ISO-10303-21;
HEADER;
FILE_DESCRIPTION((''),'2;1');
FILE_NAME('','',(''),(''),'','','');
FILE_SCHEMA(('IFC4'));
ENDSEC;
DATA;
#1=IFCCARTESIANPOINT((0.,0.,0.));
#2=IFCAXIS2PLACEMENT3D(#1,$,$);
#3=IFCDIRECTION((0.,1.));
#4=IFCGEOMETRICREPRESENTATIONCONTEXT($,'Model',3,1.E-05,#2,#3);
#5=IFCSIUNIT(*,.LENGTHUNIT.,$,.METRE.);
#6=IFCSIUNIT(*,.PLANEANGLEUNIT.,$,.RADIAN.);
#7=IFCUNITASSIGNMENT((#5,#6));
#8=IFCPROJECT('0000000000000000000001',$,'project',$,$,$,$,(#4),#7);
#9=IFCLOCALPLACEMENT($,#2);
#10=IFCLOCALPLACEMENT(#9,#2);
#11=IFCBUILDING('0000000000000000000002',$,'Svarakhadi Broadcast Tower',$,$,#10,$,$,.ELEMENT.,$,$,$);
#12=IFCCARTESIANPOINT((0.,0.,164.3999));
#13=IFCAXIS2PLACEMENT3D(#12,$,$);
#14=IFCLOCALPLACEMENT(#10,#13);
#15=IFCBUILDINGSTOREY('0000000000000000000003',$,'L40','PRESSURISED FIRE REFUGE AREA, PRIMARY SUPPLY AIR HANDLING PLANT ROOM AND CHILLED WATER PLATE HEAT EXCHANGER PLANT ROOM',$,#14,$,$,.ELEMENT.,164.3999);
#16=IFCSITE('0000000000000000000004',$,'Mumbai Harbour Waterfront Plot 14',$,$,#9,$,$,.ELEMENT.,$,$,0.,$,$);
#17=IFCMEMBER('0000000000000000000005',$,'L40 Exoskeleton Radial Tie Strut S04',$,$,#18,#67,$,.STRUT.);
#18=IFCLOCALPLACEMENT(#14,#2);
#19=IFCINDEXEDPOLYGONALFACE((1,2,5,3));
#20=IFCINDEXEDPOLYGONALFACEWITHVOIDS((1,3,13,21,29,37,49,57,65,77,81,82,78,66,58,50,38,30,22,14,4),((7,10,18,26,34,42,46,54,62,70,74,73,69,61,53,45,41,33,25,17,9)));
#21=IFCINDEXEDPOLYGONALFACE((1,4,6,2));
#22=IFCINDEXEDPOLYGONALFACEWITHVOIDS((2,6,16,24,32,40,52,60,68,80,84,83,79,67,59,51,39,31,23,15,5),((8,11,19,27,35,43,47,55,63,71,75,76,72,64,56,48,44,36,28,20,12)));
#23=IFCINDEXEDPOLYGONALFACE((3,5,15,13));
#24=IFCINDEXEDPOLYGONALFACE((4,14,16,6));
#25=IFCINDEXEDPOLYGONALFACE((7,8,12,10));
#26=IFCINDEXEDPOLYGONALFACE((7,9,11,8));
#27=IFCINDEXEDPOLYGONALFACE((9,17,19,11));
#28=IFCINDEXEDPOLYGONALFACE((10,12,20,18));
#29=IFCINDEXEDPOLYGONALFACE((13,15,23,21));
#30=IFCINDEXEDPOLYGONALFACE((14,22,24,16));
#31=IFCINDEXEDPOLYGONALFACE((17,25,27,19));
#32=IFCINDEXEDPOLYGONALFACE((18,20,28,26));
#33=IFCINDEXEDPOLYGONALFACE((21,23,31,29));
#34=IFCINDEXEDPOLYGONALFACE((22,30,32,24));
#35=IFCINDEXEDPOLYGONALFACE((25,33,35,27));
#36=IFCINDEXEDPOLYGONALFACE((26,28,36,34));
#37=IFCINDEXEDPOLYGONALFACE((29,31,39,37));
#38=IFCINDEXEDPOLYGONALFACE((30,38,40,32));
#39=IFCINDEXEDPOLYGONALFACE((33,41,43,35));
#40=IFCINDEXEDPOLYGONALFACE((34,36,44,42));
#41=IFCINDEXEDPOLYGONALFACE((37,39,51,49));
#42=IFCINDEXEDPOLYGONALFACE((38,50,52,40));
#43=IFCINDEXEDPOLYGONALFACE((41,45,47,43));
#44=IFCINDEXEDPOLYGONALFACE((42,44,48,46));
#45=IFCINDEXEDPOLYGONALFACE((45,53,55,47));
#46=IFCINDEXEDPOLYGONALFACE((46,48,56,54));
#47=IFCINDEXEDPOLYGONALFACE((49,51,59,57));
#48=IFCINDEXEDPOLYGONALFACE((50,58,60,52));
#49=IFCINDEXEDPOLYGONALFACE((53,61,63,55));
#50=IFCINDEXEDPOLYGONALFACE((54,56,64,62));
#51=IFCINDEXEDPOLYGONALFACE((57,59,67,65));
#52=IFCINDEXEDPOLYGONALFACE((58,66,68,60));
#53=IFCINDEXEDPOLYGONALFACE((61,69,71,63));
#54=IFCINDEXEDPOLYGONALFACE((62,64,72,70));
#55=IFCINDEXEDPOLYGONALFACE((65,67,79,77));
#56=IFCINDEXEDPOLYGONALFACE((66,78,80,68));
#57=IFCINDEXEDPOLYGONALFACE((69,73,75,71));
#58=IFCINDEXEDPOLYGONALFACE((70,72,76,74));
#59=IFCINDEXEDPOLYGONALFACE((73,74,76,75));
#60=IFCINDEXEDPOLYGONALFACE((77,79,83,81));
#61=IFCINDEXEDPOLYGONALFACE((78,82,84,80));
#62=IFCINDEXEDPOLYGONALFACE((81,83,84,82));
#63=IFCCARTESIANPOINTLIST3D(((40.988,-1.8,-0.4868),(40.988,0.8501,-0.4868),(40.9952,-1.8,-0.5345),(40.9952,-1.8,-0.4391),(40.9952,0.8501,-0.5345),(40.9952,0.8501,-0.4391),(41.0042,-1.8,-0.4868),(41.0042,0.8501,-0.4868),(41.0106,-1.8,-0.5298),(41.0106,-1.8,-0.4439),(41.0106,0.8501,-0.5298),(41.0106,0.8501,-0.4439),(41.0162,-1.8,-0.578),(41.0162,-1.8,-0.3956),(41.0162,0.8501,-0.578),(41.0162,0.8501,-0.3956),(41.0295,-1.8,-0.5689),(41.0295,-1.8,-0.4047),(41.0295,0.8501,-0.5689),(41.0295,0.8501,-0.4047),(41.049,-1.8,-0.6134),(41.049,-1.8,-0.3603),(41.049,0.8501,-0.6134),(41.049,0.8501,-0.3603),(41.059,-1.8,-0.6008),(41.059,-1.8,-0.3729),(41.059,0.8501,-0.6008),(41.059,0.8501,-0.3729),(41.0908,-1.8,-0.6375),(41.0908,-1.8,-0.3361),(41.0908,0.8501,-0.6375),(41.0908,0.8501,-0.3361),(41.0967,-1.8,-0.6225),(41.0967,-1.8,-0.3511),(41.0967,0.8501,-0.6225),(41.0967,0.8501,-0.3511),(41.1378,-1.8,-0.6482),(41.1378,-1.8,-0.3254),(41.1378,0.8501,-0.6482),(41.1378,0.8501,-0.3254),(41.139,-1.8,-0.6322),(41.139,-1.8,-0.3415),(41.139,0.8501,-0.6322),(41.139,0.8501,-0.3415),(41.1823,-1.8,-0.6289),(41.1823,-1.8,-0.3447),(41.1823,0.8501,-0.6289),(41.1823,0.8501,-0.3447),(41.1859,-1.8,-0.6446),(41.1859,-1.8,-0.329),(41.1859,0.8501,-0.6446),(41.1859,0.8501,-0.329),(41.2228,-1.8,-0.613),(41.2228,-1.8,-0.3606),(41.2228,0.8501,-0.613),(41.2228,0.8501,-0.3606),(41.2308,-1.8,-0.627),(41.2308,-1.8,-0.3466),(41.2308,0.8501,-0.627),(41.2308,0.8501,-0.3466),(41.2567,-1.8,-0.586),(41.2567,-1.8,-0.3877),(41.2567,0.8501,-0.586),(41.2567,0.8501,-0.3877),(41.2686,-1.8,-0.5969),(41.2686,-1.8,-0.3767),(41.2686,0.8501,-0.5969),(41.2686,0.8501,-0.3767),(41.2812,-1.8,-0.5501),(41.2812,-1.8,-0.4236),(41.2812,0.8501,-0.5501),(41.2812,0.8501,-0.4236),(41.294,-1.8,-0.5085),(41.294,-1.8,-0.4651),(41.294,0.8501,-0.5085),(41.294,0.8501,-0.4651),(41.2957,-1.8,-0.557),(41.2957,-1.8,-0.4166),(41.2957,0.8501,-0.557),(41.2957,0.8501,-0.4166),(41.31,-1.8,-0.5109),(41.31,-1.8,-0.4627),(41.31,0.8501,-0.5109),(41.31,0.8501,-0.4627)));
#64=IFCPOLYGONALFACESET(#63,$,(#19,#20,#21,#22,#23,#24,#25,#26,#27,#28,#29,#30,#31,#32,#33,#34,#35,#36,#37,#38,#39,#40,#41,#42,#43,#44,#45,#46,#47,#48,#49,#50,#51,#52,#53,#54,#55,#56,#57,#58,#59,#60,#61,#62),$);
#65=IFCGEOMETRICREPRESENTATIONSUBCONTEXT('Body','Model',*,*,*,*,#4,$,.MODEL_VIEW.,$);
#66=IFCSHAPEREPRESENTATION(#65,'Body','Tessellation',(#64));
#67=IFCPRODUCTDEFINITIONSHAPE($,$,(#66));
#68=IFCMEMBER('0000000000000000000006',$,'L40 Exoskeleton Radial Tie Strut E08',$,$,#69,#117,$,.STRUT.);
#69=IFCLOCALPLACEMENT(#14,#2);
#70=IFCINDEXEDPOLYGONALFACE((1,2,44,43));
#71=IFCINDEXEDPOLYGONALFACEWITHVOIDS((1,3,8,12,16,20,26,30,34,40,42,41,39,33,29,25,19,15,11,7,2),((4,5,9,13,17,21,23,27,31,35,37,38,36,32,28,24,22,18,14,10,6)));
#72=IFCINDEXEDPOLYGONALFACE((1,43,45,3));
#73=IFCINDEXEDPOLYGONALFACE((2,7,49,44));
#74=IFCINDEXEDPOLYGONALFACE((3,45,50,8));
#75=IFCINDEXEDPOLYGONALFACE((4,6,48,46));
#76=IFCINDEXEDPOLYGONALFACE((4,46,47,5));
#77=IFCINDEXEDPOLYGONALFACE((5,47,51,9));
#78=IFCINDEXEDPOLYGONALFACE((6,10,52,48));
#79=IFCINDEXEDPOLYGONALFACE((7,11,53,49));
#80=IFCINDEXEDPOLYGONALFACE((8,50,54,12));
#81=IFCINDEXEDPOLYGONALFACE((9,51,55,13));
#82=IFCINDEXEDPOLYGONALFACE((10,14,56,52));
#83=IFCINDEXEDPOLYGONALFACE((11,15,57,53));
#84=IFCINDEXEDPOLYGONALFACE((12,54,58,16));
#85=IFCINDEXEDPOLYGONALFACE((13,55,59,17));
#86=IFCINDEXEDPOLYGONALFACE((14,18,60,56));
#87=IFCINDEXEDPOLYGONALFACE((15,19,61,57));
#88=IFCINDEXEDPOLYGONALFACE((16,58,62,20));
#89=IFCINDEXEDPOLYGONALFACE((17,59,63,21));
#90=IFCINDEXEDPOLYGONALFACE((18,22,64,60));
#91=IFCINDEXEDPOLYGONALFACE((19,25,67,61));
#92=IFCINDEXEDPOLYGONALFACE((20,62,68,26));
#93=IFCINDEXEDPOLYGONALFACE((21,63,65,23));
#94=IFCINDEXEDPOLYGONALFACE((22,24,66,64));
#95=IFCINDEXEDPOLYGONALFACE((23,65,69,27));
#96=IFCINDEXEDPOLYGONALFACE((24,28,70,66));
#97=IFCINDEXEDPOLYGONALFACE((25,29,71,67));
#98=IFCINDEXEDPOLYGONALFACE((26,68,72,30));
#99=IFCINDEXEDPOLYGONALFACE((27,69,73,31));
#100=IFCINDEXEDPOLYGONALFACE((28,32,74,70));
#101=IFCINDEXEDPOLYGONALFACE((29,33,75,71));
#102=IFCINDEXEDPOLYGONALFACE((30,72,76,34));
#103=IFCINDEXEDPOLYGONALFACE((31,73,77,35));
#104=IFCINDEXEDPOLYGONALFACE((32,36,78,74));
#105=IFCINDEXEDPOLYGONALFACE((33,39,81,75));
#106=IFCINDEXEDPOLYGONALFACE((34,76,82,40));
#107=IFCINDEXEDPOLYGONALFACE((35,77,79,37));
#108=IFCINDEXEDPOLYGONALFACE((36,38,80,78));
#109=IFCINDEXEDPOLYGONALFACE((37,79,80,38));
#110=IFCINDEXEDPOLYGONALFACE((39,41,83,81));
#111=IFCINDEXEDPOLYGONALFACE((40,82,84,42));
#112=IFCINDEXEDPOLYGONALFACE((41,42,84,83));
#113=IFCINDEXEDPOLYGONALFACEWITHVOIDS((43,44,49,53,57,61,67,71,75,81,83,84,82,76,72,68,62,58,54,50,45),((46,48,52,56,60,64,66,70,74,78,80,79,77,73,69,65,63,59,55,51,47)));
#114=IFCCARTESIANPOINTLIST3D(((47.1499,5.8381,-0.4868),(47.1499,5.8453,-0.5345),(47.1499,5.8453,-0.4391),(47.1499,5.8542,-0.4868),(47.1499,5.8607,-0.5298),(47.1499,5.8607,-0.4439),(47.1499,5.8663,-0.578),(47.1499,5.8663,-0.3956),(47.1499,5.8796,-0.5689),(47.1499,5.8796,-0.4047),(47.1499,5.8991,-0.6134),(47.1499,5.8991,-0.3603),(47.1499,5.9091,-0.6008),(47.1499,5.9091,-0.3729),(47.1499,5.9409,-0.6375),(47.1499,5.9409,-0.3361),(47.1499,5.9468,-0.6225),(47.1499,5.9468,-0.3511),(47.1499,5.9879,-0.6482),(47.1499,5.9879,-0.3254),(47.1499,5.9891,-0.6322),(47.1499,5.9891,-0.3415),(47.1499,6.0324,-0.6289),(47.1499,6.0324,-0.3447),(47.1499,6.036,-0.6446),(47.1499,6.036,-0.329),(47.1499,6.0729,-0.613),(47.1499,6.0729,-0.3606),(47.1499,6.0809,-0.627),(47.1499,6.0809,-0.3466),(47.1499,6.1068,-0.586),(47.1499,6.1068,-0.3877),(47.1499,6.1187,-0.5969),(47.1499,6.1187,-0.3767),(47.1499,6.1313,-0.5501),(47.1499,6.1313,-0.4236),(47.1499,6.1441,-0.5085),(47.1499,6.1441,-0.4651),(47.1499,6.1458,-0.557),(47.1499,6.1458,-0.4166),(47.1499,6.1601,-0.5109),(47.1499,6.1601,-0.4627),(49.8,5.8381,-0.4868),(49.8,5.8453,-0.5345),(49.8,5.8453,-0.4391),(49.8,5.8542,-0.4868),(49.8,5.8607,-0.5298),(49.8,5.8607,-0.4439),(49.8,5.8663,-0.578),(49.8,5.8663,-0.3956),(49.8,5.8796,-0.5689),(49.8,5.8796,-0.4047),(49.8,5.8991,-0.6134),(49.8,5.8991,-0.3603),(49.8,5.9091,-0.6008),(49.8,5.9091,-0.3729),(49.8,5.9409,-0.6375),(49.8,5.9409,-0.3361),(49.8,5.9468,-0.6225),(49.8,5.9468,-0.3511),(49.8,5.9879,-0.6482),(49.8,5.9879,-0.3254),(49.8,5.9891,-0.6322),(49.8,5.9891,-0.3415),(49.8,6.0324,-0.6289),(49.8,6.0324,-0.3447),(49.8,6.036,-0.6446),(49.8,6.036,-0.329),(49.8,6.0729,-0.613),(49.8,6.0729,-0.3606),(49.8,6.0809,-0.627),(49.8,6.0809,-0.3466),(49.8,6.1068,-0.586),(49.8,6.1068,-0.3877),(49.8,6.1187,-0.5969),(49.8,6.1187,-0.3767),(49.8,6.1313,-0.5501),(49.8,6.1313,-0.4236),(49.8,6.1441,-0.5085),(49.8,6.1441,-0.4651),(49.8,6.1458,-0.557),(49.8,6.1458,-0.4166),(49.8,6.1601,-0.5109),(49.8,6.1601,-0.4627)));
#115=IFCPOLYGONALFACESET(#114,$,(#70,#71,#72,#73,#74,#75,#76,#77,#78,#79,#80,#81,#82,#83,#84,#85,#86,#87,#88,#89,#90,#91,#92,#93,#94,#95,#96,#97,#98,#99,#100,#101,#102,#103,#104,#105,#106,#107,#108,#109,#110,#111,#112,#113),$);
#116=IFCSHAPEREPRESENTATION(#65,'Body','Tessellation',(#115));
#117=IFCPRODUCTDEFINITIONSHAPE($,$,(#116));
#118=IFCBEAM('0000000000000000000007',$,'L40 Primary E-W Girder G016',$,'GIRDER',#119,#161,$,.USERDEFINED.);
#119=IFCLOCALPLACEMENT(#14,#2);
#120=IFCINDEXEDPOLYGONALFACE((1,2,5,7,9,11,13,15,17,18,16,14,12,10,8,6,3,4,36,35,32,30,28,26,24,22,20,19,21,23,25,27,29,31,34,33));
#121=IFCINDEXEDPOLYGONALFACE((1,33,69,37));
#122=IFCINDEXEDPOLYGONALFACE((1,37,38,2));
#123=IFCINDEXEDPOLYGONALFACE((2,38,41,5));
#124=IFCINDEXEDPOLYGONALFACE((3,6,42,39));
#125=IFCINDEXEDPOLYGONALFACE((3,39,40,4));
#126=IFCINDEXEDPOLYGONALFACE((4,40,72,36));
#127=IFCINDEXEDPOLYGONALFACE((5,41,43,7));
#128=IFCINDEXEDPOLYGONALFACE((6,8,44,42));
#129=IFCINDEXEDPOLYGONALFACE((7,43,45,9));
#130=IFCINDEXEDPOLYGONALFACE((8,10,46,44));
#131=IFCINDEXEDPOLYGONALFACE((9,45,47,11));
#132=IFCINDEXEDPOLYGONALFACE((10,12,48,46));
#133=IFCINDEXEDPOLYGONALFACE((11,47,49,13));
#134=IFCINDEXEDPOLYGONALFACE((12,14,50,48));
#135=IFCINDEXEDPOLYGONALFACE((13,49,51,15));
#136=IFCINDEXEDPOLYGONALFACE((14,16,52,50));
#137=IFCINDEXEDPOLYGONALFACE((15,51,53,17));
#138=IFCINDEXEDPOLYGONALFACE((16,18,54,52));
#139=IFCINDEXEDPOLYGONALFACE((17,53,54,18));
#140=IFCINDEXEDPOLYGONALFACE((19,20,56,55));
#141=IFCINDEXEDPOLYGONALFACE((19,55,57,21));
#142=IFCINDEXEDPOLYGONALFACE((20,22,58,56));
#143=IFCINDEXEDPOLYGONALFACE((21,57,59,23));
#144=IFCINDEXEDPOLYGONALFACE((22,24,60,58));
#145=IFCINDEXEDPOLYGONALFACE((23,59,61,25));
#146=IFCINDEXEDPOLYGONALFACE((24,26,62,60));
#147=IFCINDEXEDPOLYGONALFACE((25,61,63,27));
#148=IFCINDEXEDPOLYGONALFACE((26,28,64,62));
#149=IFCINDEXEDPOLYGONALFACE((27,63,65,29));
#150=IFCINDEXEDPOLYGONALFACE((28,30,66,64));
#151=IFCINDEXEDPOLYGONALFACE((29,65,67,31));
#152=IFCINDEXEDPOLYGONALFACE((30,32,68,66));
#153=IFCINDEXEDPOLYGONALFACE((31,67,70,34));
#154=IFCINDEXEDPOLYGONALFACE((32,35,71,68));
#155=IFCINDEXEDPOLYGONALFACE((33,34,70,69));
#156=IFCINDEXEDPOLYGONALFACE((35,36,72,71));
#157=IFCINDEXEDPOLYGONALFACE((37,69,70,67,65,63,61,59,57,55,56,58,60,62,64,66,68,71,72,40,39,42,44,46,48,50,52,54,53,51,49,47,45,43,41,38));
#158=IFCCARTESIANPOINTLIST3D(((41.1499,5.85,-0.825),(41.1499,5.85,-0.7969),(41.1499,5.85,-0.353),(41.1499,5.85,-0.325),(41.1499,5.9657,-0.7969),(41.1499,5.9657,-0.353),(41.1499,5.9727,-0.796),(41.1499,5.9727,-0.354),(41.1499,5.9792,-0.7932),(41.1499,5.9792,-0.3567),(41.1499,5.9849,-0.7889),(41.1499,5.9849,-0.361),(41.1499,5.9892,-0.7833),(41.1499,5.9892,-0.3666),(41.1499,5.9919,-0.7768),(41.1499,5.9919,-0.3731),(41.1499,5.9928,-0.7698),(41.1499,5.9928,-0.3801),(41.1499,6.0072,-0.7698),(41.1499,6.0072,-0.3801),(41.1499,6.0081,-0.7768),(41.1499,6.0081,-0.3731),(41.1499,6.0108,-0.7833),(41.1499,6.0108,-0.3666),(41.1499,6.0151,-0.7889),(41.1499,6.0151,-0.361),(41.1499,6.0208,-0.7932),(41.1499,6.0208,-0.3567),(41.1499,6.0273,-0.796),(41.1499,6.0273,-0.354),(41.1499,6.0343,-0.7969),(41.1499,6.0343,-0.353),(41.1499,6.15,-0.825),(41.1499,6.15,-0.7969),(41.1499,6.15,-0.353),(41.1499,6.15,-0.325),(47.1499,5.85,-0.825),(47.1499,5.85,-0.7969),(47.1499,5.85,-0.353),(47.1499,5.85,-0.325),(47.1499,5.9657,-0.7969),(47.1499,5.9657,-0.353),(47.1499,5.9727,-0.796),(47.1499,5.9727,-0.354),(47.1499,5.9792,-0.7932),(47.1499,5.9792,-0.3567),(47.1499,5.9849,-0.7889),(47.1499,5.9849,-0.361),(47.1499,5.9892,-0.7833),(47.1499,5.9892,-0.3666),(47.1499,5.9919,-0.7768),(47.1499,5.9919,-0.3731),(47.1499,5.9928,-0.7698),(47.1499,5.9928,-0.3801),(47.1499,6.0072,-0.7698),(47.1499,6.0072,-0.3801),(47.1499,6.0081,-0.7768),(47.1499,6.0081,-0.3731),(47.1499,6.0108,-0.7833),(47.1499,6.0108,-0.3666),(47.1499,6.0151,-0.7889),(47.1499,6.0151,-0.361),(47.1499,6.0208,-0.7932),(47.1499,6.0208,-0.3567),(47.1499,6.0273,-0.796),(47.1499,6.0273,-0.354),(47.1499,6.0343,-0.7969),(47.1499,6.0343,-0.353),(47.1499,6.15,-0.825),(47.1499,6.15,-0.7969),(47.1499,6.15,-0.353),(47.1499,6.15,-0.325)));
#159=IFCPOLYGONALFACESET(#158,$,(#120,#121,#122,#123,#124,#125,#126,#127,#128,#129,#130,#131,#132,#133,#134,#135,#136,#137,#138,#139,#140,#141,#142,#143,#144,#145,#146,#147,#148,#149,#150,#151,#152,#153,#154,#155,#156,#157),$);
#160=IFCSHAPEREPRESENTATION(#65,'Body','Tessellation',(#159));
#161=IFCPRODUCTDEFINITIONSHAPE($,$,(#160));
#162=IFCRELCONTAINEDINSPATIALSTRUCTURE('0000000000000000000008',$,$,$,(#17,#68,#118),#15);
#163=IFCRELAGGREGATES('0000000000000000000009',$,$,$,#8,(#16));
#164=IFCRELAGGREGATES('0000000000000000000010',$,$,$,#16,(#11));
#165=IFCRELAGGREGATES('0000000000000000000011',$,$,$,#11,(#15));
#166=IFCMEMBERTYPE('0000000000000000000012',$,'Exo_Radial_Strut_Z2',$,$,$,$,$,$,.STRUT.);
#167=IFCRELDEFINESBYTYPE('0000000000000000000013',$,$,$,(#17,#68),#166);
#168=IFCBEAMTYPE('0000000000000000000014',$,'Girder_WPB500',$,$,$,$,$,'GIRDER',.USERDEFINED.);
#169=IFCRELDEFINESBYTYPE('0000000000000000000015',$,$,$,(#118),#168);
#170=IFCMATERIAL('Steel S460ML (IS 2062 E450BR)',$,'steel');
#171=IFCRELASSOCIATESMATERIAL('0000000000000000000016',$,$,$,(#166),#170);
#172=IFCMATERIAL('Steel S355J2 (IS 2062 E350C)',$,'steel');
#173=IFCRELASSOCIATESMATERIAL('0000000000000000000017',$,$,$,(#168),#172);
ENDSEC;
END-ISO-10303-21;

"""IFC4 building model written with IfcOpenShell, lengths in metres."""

from ifc_helpers import new_model, si_unit, direction, frame, origin, origin_2d, place, context, subcontext, project, spatial, hollow_circle, i_section, extrude, material, material_profile, profile_set, type_object, element, save


model = new_model("IFC4")

# Units and contexts
model_context = context("Model", 3, precision=1e-05, world=origin(), true_north=direction((0.0, 1.0)))
body_context = subcontext(model_context, "Body", "Model", "MODEL_VIEW")
ifc_project = project(units=[si_unit("LENGTHUNIT", "METRE"), si_unit("PLANEANGLEUNIT", "RADIAN")], contexts=[model_context])

# Site, building, storey
site_placement = place(None, origin())
site = spatial("IfcSite", under=ifc_project, at=site_placement, Name="Mumbai Harbour Waterfront Plot 14", CompositionType="ELEMENT", RefElevation=0.0)
building_placement = place(site_placement, origin())
building = spatial("IfcBuilding", under=site, at=building_placement, Name="Svarakhadi Broadcast Tower", CompositionType="ELEMENT")
storey_placement = place(building_placement, frame((0.0, 0.0, 164.3999)))
storey = spatial("IfcBuildingStorey", under=building, at=storey_placement, Name="L40", Description="PRESSURISED FIRE REFUGE AREA, PRIMARY SUPPLY AIR HANDLING PLANT ROOM AND CHILLED WATER PLATE HEAT EXCHANGER PLANT ROOM", CompositionType="ELEMENT", Elevation=164.3999)

# Shared definitions
ifc_material_1 = material(Name="Steel S460ML (IS 2062 E450BR)", Category="steel")

# Shared definitions
ifc_material_2 = material(Name="Steel S355J2 (IS 2062 E350C)", Category="steel")

# Members
ifc_material_profile_1 = material_profile(ifc_material_1, hollow_circle(Radius=0.1619, WallThickness=0.0161, at=origin_2d()), Name="CHS 323.9x16")
ifc_profile_set_1 = profile_set([ifc_material_profile_1], Name="Steel S460ML (IS 2062 E450BR)")
member_type_1 = type_object("IfcMemberType", Name="Exo_Radial_Strut_Z2", PredefinedType="STRUT", material=ifc_profile_set_1)
for number, where, z_axis, x_axis, name in (
    (1, (41.1499, -1.8, -0.4868), (0.0, 1.0, 0.0), (-1.0, 0.0, 0.0), "L40 Exoskeleton Radial Tie Strut S04"),
    (2, (49.8, 6.0, -0.4868), (-1.0, 0.0, 0.0), (0.0, -1.0, 0.0), "L40 Exoskeleton Radial Tie Strut E08"),
):
    element("IfcMember", number, at=place(storey_placement, frame(where, z_axis=z_axis, x_axis=x_axis)), inside=storey, type_object=member_type_1, Name=name, PredefinedType="STRUT", context=body_context, shape_type="SweptSolid", body=[
        extrude(hollow_circle(Radius=0.1619, WallThickness=0.0161, at=origin_2d()), origin(), (0.0, 0.0, 1.0), 2.6501),
    ])

# Beam
ifc_material_profile_2 = material_profile(ifc_material_2, i_section(OverallWidth=0.3, OverallDepth=0.5, WebThickness=0.0144, FlangeThickness=0.0281, FilletRadius=0.0271, at=origin_2d()), Name="WPB 500x300x187")
ifc_profile_set_2 = profile_set([ifc_material_profile_2], Name="Steel S355J2 (IS 2062 E350C)")
beam_type_1 = type_object("IfcBeamType", Name="Girder_WPB500", ElementType="GIRDER", PredefinedType="USERDEFINED", material=ifc_profile_set_2)
beam_1_placement = place(storey_placement, frame((41.1499, 6.0, -0.575), z_axis=(1.0, 0.0, 0.0), x_axis=(0.0, 1.0, 0.0)))
element("IfcBeam", 3, at=beam_1_placement, inside=storey, type_object=beam_type_1, Name="L40 Primary E-W Girder G016", ObjectType="GIRDER", PredefinedType="USERDEFINED", context=body_context, shape_type="SweptSolid", body=[
    extrude(i_section(OverallWidth=0.3, OverallDepth=0.5, WebThickness=0.0144, FlangeThickness=0.0281, FilletRadius=0.0271, at=origin_2d()), origin(), (0.0, 0.0, 1.0), 6.0),
])

save(model, "model.ifc")
